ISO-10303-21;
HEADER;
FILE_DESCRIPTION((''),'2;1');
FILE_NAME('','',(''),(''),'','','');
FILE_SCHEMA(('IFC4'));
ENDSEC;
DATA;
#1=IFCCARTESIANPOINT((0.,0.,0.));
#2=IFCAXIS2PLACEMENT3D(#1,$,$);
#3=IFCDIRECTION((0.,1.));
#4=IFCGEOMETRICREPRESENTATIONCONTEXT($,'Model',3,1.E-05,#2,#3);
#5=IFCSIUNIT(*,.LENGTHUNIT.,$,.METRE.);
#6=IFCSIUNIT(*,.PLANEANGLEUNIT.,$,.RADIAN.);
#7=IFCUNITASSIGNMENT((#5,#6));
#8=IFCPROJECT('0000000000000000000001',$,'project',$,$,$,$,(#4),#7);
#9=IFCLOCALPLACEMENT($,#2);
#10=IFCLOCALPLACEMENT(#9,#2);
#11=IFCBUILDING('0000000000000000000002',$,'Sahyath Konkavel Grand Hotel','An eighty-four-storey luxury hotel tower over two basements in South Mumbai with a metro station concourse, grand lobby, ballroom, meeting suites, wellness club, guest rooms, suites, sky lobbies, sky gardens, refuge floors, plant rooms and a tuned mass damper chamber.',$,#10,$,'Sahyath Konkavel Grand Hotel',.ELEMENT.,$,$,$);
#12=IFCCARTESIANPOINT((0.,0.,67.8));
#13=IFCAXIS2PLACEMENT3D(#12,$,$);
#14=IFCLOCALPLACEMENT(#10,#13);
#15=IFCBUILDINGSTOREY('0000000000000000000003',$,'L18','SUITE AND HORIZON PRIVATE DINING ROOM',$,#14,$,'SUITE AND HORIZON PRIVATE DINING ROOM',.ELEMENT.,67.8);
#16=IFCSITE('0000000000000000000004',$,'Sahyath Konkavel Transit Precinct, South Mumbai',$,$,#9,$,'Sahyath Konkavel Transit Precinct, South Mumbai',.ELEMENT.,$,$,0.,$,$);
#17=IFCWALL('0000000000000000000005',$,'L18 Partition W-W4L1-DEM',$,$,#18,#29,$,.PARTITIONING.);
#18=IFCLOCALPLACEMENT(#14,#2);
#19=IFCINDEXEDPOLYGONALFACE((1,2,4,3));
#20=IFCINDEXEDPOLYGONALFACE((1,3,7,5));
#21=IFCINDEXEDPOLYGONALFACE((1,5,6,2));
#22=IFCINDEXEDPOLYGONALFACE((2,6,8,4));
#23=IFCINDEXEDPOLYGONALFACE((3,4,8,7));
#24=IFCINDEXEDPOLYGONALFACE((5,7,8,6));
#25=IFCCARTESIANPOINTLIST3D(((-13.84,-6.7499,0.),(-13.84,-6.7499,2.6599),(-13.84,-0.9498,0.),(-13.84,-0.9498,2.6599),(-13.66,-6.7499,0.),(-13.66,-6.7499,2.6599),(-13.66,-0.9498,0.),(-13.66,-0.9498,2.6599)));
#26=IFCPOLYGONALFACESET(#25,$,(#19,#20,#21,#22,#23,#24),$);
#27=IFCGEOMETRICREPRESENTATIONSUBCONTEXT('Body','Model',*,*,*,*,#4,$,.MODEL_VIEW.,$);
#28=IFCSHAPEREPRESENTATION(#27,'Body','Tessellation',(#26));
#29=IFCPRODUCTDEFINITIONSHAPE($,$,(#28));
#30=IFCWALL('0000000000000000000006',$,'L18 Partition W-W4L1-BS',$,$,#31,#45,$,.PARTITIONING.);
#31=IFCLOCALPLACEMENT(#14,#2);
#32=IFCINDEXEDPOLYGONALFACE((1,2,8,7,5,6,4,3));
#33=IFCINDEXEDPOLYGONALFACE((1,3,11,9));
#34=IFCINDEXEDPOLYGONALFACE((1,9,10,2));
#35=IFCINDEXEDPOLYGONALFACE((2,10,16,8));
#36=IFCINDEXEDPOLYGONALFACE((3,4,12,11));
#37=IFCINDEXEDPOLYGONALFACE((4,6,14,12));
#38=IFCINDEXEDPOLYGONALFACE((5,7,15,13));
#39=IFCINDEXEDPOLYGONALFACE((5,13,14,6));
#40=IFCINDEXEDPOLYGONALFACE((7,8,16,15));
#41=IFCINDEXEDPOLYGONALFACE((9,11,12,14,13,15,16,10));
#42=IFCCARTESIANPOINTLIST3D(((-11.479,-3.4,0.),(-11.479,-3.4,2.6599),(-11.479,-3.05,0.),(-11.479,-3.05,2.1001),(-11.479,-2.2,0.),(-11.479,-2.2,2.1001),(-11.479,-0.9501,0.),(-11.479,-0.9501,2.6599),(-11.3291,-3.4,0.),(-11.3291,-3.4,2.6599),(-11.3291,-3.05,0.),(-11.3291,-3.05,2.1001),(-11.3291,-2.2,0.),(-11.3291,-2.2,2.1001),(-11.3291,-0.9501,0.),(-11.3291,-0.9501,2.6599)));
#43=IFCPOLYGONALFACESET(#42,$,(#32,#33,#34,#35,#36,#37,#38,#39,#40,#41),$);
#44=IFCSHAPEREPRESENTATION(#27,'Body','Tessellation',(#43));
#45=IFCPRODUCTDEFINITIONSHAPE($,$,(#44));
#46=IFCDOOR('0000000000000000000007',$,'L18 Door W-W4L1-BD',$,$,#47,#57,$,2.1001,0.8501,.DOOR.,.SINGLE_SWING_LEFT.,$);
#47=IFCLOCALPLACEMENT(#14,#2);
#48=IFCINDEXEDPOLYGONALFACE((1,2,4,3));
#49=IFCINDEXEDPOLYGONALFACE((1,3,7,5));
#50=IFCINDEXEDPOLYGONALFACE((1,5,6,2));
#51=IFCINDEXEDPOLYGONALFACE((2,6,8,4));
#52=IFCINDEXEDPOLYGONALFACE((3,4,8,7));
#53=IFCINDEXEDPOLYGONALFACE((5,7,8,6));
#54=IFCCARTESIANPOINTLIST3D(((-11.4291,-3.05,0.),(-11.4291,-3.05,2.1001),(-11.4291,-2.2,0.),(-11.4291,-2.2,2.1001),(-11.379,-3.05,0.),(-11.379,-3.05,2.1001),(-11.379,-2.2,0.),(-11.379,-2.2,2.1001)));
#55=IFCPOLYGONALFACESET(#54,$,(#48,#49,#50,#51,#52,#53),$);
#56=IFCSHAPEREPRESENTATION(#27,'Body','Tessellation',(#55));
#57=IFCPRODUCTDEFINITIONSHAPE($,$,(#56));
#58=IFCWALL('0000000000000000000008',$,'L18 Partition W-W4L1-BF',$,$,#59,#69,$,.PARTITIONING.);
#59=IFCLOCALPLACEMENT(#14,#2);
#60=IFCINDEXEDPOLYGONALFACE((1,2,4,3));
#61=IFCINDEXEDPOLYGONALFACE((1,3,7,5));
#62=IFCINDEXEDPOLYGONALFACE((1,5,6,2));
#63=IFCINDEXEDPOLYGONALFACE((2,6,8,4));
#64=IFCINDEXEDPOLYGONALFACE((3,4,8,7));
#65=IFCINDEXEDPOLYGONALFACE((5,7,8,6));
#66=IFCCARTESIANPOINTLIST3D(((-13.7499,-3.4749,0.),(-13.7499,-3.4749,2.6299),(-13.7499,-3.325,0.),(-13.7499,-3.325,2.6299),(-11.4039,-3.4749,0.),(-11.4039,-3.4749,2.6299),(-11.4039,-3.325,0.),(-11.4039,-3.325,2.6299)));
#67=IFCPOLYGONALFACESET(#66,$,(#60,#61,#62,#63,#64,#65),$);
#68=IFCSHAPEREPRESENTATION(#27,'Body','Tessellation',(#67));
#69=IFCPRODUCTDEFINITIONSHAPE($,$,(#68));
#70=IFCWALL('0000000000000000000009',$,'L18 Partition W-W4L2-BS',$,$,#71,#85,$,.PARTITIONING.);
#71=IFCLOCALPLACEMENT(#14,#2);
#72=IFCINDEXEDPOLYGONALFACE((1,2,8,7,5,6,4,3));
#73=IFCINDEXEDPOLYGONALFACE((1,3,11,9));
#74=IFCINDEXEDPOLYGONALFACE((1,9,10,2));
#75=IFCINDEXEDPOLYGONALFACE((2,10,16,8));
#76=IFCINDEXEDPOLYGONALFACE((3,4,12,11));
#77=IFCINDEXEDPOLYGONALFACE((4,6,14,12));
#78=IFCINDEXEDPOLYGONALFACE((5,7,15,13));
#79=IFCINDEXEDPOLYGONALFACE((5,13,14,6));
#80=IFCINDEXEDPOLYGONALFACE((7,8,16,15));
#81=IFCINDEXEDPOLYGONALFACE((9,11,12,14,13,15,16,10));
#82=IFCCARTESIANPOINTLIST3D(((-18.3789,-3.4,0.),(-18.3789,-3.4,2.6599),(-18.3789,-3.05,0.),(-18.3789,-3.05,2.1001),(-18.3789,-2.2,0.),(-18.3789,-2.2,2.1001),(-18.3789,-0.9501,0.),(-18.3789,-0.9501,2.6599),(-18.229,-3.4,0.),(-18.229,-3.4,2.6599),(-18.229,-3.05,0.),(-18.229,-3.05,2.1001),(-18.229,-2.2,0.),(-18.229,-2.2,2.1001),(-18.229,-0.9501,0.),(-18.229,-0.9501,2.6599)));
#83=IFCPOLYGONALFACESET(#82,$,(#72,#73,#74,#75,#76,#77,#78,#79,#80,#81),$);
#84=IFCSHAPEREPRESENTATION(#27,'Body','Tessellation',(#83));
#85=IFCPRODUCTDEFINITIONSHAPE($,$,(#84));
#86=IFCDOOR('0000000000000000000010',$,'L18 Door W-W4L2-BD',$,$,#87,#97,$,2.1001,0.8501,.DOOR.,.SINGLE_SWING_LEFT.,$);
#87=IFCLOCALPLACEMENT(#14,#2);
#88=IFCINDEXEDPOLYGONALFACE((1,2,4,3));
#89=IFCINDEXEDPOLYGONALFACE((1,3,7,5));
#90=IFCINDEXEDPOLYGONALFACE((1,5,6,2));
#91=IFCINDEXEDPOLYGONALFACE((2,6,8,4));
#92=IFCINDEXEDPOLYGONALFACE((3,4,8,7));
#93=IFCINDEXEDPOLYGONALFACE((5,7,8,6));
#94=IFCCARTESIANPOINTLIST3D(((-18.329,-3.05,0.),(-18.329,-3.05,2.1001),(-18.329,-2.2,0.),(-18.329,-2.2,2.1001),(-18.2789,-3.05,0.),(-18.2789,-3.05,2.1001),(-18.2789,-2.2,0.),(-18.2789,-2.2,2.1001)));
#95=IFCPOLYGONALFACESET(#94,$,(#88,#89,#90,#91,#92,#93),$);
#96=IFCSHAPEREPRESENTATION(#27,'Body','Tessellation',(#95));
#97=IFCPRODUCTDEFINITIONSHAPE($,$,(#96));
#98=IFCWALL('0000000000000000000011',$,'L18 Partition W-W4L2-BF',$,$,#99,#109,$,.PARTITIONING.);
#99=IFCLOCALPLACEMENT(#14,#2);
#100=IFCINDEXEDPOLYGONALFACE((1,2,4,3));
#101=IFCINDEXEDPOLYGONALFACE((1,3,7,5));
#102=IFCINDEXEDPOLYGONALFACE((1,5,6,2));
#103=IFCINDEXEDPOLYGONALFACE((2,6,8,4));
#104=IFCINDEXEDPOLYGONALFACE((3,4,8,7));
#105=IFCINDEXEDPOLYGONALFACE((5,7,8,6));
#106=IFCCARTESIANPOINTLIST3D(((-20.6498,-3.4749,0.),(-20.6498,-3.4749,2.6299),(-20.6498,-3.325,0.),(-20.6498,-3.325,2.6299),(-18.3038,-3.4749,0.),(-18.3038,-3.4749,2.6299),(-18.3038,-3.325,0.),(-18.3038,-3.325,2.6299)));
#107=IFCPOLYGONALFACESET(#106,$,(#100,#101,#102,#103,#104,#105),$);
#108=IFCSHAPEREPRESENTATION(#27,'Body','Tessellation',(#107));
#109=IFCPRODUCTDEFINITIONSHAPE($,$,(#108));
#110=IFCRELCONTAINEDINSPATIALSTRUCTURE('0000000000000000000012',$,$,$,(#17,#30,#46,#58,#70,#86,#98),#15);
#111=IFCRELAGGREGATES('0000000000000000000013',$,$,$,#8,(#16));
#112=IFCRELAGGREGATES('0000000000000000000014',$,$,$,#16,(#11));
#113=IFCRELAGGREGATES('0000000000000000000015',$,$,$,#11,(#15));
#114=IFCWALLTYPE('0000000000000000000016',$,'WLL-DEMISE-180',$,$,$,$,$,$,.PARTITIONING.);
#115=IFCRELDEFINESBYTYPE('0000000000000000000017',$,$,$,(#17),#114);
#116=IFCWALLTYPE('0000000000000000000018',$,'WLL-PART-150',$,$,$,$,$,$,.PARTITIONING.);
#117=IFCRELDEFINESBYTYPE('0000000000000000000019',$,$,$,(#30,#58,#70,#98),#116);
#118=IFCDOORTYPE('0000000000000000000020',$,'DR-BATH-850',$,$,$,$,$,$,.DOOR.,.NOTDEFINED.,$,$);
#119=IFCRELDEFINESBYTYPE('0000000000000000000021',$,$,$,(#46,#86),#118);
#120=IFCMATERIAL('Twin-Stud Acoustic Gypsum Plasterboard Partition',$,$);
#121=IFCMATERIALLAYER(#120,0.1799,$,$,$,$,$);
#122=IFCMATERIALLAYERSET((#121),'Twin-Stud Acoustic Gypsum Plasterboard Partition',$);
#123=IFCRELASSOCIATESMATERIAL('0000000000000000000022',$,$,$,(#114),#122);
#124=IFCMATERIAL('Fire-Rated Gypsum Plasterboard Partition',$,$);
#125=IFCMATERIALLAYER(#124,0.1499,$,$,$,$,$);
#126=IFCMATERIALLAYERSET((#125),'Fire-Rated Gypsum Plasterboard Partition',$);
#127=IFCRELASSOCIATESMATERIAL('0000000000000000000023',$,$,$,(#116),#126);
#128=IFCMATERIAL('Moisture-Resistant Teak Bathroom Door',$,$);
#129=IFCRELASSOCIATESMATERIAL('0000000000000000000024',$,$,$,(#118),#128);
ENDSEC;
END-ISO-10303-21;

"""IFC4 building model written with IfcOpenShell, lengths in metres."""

from ifc_helpers import new_model, si_unit, direction, frame, frame_2d, origin, origin_2d, place, context, subcontext, project, spatial, rectangle, extrude, source, transform, mapped, material, layer, layer_set, type_object, element, fill, save


model = new_model("IFC4")

# Units and contexts
model_context = context("Model", 3, precision=1e-05, world=origin(), true_north=direction((0.0, 1.0)))
body_context = subcontext(model_context, "Body", "Model", "MODEL_VIEW")
ifc_project = project(units=[si_unit("LENGTHUNIT", "METRE"), si_unit("PLANEANGLEUNIT", "RADIAN")], contexts=[model_context])

# Site, building, storey
site_placement = place(None, origin())
site = spatial("IfcSite", under=ifc_project, at=site_placement, Name="Sahyath Konkavel Transit Precinct, South Mumbai", LongName="Sahyath Konkavel Transit Precinct, South Mumbai", CompositionType="ELEMENT", RefElevation=0.0)
building_placement = place(site_placement, origin())
building = spatial("IfcBuilding", under=site, at=building_placement, Name="Sahyath Konkavel Grand Hotel", Description="An eighty-four-storey luxury hotel tower over two basements in South Mumbai with a metro station concourse, grand lobby, ballroom, meeting suites, wellness club, guest rooms, suites, sky lobbies, sky gardens, refuge floors, plant rooms and a tuned mass damper chamber.", LongName="Sahyath Konkavel Grand Hotel", CompositionType="ELEMENT")
storey_placement = place(building_placement, frame((0.0, 0.0, 67.8)))
storey = spatial("IfcBuildingStorey", under=building, at=storey_placement, Name="L18", Description="SUITE AND HORIZON PRIVATE DINING ROOM", LongName="SUITE AND HORIZON PRIVATE DINING ROOM", CompositionType="ELEMENT", Elevation=67.8)

# Wall
ifc_material_1 = material(Name="Twin-Stud Acoustic Gypsum Plasterboard Partition")
ifc_layer_1 = layer(ifc_material_1, 0.1799)
ifc_layer_set_1 = layer_set([ifc_layer_1], Name="Twin-Stud Acoustic Gypsum Plasterboard Partition")
wall_type_1 = type_object("IfcWallType", Name="WLL-DEMISE-180", PredefinedType="PARTITIONING", material=ifc_layer_set_1)
wall_1_placement = place(storey_placement, frame((-13.75, -0.95, 0.0), z_axis=(0.0, 0.0, 1.0), x_axis=(0.0, -1.0, 0.0)))
element("IfcWall", 1, at=wall_1_placement, inside=storey, type_object=wall_type_1, Name="L18 Partition W-W4L1-DEM", PredefinedType="PARTITIONING", context=body_context, shape_type="SweptSolid", body=[
    extrude(rectangle(XDim=5.8, YDim=0.1799, at=frame_2d((2.8999, 0.0))), origin(), (0.0, 0.0, 1.0), 2.6599),
])

# Wall, opening, door
ifc_material_2 = material(Name="Fire-Rated Gypsum Plasterboard Partition")
ifc_layer_2 = layer(ifc_material_2, 0.1499)
ifc_layer_set_2 = layer_set([ifc_layer_2], Name="Fire-Rated Gypsum Plasterboard Partition")
wall_type_2 = type_object("IfcWallType", Name="WLL-PART-150", PredefinedType="PARTITIONING", material=ifc_layer_set_2)
wall_2_placement = place(storey_placement, frame((-11.4041, -0.95, 0.0), z_axis=(0.0, 0.0, 1.0), x_axis=(0.0, -1.0, 0.0)))
wall_2 = element("IfcWall", 2, at=wall_2_placement, inside=storey, type_object=wall_type_2, Name="L18 Partition W-W4L1-BS", PredefinedType="PARTITIONING", context=body_context, shape_type="SweptSolid", body=[
    extrude(rectangle(XDim=2.45, YDim=0.1499, at=frame_2d((1.2251, 0.0))), origin(), (0.0, 0.0, 1.0), 2.6599),
])
opening_1_placement = place(wall_2_placement, frame((1.25, 0.0, 0.0)))
opening_1 = element("IfcOpeningElement", 3, at=opening_1_placement, cuts=wall_2, PredefinedType="OPENING", context=body_context, shape_type="SweptSolid", body=[
    extrude(rectangle(XDim=0.8501, YDim=2.1001, at=frame_2d((0.425, 1.05))), frame((0.0, 0.085, 0.0), z_axis=(0.0, -1.0, 0.0), x_axis=(1.0, 0.0, 0.0)), (0.0, 0.0, 1.0), 0.1699),
])
ifc_material_3 = material(Name="Moisture-Resistant Teak Bathroom Door")
door_type = type_object("IfcDoorType", Name="DR-BATH-850", OperationType="NOTDEFINED", PredefinedType="DOOR", material=ifc_material_3)
shared_shape_1 = source(origin(), body_context, "Body", "SweptSolid", [
    extrude(rectangle(XDim=0.8501, YDim=0.05, at=origin_2d()), origin(), (0.0, 0.0, 1.0), 2.1001),
])
door_1_placement = place(opening_1_placement, frame((0.425, 0.0, 0.0)))
door_1 = element("IfcDoor", 4, at=door_1_placement, inside=storey, type_object=door_type, Name="L18 Door W-W4L1-BD", OperationType="SINGLE_SWING_LEFT", OverallHeight=2.1001, OverallWidth=0.8501, PredefinedType="DOOR", context=body_context, shape_type="MappedRepresentation", body=[
    mapped(shared_shape_1, transform((0.0, 0.0, 0.0), scale=1.0)),
])
fill(opening_1, door_1)

# Wall
wall_3_placement = place(storey_placement, frame((-11.4041, -3.3999, 0.0), z_axis=(0.0, 0.0, 1.0), x_axis=(-1.0, 0.0, 0.0)))
element("IfcWall", 5, at=wall_3_placement, inside=storey, type_object=wall_type_2, Name="L18 Partition W-W4L1-BF", PredefinedType="PARTITIONING", context=body_context, shape_type="SweptSolid", body=[
    extrude(rectangle(XDim=2.3459, YDim=0.1499, at=frame_2d((1.1729, 0.0))), origin(), (0.0, 0.0, 1.0), 2.6299),
])

# Wall, opening, door
wall_4_placement = place(storey_placement, frame((-18.304, -0.95, 0.0), z_axis=(0.0, 0.0, 1.0), x_axis=(0.0, -1.0, 0.0)))
wall_4 = element("IfcWall", 6, at=wall_4_placement, inside=storey, type_object=wall_type_2, Name="L18 Partition W-W4L2-BS", PredefinedType="PARTITIONING", context=body_context, shape_type="SweptSolid", body=[
    extrude(rectangle(XDim=2.45, YDim=0.1499, at=frame_2d((1.2251, 0.0))), origin(), (0.0, 0.0, 1.0), 2.6599),
])
opening_2_placement = place(wall_4_placement, frame((1.25, 0.0, 0.0)))
opening_2 = element("IfcOpeningElement", 7, at=opening_2_placement, cuts=wall_4, PredefinedType="OPENING", context=body_context, shape_type="SweptSolid", body=[
    extrude(rectangle(XDim=0.8501, YDim=2.1001, at=frame_2d((0.425, 1.05))), frame((0.0, 0.085, 0.0), z_axis=(0.0, -1.0, 0.0), x_axis=(1.0, 0.0, 0.0)), (0.0, 0.0, 1.0), 0.1699),
])
door_2_placement = place(opening_2_placement, frame((0.425, 0.0, 0.0)))
door_2 = element("IfcDoor", 8, at=door_2_placement, inside=storey, type_object=door_type, Name="L18 Door W-W4L2-BD", OperationType="SINGLE_SWING_LEFT", OverallHeight=2.1001, OverallWidth=0.8501, PredefinedType="DOOR", context=body_context, shape_type="MappedRepresentation", body=[
    mapped(shared_shape_1, transform((0.0, 0.0, 0.0), scale=1.0)),
])
fill(opening_2, door_2)

# Wall
wall_5_placement = place(storey_placement, frame((-18.304, -3.3999, 0.0), z_axis=(0.0, 0.0, 1.0), x_axis=(-1.0, 0.0, 0.0)))
element("IfcWall", 9, at=wall_5_placement, inside=storey, type_object=wall_type_2, Name="L18 Partition W-W4L2-BF", PredefinedType="PARTITIONING", context=body_context, shape_type="SweptSolid", body=[
    extrude(rectangle(XDim=2.3459, YDim=0.1499, at=frame_2d((1.1729, 0.0))), origin(), (0.0, 0.0, 1.0), 2.6299),
])

save(model, "model.ifc")
